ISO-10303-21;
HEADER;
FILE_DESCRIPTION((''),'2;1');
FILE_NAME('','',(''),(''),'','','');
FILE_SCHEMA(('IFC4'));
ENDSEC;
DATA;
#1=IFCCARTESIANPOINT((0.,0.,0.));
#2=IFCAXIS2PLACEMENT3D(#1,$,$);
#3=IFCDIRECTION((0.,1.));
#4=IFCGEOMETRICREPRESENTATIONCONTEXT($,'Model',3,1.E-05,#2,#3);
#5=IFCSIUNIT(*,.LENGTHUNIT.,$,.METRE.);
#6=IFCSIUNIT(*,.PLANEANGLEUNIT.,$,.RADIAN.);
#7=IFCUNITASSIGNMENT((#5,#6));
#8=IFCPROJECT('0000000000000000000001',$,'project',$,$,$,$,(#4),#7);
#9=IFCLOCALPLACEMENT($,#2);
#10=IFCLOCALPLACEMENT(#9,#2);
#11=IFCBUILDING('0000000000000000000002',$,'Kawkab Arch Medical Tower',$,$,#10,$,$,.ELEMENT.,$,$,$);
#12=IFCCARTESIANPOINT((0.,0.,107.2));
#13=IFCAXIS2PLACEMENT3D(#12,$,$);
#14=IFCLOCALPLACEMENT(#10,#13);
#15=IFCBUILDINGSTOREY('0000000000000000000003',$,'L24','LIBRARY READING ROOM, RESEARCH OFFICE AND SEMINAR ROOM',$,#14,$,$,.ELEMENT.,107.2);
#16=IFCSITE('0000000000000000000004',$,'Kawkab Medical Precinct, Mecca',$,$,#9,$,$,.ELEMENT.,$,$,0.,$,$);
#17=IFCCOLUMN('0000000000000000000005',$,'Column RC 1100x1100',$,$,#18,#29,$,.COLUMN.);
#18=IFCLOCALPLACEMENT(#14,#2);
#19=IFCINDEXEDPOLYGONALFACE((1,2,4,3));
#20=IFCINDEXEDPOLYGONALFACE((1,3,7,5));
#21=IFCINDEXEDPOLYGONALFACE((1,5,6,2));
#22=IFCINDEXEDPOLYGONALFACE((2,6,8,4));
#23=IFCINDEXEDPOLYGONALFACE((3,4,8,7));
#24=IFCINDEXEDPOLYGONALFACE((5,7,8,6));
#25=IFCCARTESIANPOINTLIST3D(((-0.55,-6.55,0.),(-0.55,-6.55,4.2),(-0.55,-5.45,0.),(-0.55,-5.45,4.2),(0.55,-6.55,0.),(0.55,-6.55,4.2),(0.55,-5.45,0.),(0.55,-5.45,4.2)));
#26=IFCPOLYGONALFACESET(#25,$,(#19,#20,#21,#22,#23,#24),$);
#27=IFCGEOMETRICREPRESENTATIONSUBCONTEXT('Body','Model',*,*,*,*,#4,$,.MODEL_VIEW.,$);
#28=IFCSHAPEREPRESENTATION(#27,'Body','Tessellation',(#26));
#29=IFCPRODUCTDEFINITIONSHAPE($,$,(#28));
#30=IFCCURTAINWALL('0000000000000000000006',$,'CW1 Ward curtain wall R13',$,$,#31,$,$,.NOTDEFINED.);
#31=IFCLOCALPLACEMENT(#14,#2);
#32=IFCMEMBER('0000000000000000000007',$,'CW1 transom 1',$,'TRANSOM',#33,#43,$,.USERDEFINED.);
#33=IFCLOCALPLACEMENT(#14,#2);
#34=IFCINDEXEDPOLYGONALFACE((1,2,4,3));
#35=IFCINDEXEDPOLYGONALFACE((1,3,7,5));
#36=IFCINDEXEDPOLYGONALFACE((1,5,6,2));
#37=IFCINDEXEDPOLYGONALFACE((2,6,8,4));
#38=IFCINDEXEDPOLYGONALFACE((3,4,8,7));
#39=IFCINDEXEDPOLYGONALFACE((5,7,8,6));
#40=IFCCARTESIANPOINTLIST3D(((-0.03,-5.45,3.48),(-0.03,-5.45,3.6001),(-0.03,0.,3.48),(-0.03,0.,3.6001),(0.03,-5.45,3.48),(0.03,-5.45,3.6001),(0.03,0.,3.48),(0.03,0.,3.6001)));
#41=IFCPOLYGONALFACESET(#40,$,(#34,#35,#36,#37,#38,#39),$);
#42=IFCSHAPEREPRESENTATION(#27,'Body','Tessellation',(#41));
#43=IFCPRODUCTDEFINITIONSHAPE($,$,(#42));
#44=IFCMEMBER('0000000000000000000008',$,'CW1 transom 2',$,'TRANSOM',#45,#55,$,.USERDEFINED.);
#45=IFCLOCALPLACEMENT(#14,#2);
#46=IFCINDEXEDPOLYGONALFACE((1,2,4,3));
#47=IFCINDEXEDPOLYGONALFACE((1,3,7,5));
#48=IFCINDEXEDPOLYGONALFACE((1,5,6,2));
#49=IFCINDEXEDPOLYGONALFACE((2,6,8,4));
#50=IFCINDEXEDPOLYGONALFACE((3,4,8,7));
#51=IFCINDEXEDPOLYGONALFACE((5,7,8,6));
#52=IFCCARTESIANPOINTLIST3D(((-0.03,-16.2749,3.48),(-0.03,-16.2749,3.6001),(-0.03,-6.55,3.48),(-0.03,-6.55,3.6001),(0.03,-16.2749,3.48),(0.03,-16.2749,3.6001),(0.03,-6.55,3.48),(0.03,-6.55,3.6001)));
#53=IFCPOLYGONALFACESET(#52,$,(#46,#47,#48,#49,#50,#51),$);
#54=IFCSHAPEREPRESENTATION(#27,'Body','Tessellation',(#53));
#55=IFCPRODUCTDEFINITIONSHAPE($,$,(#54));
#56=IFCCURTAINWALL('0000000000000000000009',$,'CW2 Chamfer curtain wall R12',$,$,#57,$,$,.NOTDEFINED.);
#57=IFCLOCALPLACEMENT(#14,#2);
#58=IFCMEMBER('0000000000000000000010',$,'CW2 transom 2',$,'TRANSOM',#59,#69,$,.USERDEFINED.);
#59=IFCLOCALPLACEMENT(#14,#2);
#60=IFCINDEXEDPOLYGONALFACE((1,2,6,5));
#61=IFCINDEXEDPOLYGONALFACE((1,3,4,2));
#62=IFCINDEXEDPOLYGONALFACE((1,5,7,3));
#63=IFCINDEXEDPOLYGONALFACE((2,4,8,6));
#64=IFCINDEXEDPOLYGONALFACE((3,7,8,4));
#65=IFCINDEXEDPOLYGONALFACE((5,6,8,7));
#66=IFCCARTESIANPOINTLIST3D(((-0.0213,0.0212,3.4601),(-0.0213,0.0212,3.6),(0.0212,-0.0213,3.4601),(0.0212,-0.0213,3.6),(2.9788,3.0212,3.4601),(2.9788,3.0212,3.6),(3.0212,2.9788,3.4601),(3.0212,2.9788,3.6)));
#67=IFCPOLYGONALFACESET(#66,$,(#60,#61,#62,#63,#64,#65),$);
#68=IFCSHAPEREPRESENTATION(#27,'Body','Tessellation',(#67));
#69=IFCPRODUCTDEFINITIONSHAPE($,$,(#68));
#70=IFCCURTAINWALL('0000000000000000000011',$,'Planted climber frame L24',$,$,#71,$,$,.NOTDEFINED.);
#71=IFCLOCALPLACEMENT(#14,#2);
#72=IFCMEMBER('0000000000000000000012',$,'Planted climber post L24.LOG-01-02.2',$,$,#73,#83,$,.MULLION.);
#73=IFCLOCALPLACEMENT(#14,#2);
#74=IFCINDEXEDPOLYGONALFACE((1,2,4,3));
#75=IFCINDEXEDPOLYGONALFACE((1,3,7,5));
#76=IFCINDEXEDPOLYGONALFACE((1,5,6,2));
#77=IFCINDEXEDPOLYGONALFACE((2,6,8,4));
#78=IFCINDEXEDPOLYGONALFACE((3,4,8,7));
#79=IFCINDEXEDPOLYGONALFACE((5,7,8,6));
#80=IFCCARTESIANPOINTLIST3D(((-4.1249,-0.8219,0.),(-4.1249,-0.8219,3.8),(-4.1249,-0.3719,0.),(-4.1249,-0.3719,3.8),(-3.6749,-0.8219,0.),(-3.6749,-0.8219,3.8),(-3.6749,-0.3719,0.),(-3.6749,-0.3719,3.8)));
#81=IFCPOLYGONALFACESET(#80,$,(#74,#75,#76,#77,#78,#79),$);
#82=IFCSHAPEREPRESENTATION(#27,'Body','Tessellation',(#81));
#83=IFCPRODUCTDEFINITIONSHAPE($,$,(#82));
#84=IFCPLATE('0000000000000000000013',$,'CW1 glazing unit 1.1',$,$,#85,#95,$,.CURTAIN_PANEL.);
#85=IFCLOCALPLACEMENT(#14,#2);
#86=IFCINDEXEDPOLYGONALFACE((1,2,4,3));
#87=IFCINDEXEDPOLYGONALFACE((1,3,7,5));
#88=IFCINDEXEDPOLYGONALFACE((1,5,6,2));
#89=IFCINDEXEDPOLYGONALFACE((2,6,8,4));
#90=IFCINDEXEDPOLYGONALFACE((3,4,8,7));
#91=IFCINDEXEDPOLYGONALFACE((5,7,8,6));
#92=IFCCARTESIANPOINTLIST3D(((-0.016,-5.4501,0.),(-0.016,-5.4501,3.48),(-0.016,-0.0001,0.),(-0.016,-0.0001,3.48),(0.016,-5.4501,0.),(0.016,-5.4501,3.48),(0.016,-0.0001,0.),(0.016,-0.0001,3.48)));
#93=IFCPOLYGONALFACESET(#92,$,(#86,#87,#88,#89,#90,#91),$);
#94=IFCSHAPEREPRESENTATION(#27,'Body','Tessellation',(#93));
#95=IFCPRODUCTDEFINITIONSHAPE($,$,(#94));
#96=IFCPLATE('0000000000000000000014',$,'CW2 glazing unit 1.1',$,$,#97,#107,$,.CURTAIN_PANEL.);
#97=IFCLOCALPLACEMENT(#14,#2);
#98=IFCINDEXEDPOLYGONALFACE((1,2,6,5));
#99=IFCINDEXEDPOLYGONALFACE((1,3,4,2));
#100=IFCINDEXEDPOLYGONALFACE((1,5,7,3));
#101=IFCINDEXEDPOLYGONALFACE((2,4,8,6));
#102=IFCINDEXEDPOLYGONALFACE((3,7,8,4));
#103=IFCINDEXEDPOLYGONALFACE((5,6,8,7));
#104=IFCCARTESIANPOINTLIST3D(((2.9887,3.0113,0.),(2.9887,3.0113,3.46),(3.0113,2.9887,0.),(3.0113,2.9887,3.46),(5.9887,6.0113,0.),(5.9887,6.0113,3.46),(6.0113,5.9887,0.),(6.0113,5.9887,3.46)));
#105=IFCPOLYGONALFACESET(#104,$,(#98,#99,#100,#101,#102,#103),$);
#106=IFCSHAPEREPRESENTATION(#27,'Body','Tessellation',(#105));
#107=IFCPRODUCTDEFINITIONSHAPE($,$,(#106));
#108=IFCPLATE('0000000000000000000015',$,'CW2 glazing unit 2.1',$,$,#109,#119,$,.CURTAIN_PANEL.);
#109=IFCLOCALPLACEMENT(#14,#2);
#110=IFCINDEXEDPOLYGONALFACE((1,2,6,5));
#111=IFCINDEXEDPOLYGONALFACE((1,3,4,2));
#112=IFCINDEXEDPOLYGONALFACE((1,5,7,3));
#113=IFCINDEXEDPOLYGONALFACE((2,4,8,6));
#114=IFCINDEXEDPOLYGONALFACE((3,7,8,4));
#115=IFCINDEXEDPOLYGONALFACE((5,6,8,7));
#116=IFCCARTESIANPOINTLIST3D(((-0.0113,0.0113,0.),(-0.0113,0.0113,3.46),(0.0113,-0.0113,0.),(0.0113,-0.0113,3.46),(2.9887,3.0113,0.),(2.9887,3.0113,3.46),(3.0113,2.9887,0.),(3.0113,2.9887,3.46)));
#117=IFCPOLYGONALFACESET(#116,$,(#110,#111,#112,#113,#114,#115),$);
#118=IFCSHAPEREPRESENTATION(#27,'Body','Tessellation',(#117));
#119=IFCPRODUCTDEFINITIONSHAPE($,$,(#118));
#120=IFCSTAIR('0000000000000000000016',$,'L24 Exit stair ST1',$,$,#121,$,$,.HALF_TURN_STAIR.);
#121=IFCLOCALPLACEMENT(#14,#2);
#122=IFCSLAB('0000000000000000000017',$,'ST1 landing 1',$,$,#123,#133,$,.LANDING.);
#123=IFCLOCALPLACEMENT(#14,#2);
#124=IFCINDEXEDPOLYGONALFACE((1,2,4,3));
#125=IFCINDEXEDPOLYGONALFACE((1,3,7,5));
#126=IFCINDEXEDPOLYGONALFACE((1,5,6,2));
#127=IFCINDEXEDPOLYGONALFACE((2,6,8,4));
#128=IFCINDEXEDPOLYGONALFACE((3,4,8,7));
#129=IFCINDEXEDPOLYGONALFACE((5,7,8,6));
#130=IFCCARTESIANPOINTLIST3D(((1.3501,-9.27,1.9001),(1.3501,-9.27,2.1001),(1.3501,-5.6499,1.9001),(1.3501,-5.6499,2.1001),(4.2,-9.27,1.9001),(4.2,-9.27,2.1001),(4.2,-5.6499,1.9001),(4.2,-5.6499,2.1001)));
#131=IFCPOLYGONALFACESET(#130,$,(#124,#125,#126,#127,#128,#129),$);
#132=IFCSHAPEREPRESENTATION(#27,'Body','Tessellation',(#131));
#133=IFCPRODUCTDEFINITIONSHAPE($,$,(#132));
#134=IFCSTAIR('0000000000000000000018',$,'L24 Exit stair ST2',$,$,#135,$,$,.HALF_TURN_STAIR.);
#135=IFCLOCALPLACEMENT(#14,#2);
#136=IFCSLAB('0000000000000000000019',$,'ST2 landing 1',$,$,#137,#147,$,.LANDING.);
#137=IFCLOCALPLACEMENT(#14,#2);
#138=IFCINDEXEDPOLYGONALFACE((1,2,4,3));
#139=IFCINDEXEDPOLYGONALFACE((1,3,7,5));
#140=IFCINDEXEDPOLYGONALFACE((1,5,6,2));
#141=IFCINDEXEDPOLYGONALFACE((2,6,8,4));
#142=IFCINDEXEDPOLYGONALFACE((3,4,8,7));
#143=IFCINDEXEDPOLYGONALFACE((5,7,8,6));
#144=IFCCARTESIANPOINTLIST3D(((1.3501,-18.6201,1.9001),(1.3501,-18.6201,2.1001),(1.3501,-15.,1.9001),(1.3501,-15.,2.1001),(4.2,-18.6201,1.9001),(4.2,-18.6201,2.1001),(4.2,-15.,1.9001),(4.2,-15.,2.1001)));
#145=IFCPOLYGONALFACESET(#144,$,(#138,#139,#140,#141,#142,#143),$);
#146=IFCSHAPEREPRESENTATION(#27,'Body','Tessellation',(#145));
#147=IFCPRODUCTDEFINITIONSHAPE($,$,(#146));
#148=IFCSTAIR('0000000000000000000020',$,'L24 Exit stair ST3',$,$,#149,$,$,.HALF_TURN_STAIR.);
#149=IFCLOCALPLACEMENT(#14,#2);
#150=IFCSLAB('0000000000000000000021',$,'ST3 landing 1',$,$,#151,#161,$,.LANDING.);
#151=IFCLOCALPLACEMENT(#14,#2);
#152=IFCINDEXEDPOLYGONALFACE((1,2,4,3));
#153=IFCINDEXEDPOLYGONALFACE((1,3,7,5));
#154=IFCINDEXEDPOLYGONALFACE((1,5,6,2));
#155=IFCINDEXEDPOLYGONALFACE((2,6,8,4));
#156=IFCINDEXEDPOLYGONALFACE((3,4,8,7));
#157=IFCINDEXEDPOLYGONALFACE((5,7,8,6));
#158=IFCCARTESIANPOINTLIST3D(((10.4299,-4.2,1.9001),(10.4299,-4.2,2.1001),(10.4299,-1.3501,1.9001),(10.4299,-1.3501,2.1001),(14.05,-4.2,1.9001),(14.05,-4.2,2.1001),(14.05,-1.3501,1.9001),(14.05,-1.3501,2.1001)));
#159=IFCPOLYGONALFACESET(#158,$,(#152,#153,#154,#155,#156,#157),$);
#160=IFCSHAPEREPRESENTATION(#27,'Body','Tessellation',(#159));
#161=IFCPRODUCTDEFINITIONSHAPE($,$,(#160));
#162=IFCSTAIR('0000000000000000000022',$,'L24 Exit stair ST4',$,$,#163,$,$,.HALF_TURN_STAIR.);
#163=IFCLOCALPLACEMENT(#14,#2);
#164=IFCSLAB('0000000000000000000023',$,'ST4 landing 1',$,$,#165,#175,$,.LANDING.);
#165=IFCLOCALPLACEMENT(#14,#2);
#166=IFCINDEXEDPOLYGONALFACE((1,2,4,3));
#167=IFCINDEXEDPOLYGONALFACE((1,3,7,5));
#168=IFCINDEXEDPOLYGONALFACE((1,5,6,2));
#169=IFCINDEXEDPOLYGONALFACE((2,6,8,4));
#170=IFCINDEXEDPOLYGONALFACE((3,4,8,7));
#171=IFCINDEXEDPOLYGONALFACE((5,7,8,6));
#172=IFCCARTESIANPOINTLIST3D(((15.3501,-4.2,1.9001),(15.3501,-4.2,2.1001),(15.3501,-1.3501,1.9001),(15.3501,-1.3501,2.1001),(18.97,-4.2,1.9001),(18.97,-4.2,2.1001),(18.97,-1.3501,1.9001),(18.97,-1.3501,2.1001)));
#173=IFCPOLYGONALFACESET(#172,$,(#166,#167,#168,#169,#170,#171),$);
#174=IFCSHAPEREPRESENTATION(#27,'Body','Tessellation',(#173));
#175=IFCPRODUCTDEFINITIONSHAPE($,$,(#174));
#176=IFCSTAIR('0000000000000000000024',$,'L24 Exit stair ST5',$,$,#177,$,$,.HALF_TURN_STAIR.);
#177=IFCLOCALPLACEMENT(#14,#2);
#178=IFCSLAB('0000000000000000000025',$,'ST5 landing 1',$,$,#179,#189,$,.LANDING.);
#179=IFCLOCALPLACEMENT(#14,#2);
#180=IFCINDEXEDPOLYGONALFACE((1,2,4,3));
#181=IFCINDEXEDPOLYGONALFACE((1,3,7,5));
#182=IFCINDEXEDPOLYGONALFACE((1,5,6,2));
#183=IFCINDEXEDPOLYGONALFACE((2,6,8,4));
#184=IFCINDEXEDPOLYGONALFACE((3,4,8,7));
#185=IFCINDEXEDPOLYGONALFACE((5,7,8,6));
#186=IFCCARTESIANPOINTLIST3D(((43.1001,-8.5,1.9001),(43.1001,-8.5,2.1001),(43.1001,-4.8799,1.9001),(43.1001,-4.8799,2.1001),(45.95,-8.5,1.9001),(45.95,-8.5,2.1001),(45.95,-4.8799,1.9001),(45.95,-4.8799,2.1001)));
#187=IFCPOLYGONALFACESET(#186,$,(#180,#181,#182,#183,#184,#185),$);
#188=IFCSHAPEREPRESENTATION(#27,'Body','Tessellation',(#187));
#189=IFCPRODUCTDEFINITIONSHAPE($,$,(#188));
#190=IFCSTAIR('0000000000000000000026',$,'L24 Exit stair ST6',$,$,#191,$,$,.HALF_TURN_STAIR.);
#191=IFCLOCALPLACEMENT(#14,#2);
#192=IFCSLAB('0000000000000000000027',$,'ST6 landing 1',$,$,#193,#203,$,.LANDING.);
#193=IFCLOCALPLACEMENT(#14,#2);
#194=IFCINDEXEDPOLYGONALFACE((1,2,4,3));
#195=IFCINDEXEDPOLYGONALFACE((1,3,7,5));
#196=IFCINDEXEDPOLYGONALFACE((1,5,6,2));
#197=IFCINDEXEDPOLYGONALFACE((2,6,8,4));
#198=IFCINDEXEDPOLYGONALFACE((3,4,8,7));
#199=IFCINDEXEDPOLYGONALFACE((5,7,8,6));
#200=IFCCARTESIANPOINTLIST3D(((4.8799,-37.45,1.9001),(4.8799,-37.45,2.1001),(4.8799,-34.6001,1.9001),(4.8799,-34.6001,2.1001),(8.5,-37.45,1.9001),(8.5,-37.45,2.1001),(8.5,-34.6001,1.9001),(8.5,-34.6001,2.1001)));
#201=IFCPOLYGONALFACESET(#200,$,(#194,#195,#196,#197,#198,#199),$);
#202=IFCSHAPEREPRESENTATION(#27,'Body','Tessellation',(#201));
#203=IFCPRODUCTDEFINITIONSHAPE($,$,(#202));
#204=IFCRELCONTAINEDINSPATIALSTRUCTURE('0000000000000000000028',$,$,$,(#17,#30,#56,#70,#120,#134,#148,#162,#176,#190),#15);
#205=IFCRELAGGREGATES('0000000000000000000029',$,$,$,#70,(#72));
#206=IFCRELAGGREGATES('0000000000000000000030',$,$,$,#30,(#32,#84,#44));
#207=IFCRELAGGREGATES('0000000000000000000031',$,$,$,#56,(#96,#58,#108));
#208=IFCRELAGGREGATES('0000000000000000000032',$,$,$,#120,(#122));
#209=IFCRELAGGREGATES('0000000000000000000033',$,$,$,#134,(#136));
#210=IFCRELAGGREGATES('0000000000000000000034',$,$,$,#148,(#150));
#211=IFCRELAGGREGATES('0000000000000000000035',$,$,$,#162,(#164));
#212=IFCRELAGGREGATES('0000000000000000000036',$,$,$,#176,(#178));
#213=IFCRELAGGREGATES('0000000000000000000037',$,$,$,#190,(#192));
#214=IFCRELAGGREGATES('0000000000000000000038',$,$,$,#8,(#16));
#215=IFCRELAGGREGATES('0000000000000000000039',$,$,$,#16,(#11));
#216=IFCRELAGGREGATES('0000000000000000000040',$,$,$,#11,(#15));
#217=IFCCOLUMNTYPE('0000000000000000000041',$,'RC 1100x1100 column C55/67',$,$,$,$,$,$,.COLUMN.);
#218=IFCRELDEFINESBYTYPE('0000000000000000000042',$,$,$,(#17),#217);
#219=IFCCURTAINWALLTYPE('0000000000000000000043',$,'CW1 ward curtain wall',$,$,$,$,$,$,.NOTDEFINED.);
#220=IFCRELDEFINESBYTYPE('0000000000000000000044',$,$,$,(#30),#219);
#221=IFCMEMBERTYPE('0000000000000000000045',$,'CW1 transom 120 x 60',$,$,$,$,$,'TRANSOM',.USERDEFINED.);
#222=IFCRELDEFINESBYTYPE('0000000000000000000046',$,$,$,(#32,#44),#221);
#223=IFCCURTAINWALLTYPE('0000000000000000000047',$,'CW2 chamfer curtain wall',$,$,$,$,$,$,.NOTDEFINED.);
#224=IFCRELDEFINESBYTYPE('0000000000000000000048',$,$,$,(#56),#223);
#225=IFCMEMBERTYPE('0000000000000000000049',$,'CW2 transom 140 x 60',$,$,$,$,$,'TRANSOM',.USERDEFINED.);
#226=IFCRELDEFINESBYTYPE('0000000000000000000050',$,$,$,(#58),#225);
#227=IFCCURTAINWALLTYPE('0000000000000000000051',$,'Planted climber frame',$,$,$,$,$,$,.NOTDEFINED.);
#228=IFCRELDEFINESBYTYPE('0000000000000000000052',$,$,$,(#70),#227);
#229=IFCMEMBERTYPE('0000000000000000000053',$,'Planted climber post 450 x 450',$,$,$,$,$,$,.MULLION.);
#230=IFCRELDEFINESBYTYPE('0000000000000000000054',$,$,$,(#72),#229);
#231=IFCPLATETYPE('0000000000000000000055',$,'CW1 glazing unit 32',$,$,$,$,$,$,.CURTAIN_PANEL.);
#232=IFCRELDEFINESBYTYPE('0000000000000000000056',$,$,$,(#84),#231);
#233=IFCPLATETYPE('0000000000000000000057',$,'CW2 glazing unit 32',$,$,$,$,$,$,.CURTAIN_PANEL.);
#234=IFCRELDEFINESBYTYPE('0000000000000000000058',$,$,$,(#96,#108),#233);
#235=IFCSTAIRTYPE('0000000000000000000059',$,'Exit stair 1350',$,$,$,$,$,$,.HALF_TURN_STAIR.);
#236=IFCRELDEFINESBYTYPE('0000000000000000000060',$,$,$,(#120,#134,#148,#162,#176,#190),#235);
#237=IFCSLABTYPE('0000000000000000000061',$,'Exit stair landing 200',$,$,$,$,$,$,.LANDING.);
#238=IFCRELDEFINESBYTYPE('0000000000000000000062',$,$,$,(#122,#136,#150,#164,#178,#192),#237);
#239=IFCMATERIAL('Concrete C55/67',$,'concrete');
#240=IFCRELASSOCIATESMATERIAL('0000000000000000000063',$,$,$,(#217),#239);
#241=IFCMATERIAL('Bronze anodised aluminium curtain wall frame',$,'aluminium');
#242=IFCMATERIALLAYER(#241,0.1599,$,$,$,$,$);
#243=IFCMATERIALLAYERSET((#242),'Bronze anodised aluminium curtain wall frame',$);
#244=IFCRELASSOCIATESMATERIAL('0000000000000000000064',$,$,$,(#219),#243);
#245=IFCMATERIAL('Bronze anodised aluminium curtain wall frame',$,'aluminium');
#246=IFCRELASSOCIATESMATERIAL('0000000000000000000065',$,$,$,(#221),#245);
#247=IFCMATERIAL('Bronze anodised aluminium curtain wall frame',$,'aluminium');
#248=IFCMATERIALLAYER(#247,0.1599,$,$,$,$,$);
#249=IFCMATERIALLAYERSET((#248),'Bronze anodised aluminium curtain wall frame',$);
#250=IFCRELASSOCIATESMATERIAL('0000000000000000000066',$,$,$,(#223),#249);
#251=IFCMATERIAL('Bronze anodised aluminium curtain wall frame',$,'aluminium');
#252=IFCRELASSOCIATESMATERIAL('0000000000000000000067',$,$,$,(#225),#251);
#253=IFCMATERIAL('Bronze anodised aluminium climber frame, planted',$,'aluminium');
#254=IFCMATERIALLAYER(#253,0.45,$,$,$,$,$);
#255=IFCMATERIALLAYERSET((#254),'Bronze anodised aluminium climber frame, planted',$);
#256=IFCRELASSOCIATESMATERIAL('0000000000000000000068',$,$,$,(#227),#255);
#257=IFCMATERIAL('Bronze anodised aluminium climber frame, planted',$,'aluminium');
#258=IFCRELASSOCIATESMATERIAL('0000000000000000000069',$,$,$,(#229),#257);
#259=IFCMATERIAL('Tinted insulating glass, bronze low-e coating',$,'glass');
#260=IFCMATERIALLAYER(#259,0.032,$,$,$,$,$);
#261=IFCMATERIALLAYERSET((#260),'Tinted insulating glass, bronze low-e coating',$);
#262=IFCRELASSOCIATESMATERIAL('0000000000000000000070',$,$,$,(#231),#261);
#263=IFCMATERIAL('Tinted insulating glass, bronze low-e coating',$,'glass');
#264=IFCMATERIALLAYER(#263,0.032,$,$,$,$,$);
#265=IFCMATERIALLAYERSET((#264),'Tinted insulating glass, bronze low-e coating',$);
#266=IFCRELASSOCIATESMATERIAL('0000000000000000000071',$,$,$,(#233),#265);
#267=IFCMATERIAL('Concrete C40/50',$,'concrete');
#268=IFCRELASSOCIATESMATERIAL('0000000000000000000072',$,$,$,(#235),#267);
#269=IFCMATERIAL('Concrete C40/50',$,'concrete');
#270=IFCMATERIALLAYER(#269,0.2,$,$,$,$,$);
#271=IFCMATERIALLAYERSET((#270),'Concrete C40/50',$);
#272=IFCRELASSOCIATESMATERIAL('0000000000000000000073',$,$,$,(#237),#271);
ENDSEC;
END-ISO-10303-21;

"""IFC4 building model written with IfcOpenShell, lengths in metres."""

from ifc_helpers import new_model, si_unit, direction, frame, origin, origin_2d, place, context, subcontext, project, spatial, polyline, rectangle, outline, extrude, material, layer, layer_set, material_profile, profile_set, type_object, element, aggregate, save


model = new_model("IFC4")

# Units and contexts
model_context = context("Model", 3, precision=1e-05, world=origin(), true_north=direction((0.0, 1.0)))
body_context = subcontext(model_context, "Body", "Model", "MODEL_VIEW")
ifc_project = project(units=[si_unit("LENGTHUNIT", "METRE"), si_unit("PLANEANGLEUNIT", "RADIAN")], contexts=[model_context])

# Site, building, storey
site_placement = place(None, origin())
site = spatial("IfcSite", under=ifc_project, at=site_placement, Name="Kawkab Medical Precinct, Mecca", CompositionType="ELEMENT", RefElevation=0.0)
building_placement = place(site_placement, origin())
building = spatial("IfcBuilding", under=site, at=building_placement, Name="Kawkab Arch Medical Tower", CompositionType="ELEMENT")
storey_placement = place(building_placement, frame((0.0, 0.0, 107.2)))
storey = spatial("IfcBuildingStorey", under=building, at=storey_placement, Name="L24", Description="LIBRARY READING ROOM, RESEARCH OFFICE AND SEMINAR ROOM", CompositionType="ELEMENT", Elevation=107.2)

# Column
ifc_material_1 = material(Name="Concrete C55/67", Category="concrete")
ifc_material_profile_1 = material_profile(ifc_material_1, rectangle(XDim=1.1001, YDim=1.1001, at=origin_2d()), Name="RC 1100x1100")
ifc_profile_set_1 = profile_set([ifc_material_profile_1], Name="Concrete C55/67")
column_type = type_object("IfcColumnType", Name="RC 1100x1100 column C55/67", PredefinedType="COLUMN", material=ifc_profile_set_1)
column_placement = place(storey_placement, frame((0.0, -6.0, 0.0), z_axis=(0.0, 0.0, 1.0), x_axis=(1.0, 0.0, 0.0)))
element("IfcColumn", 1, at=column_placement, inside=storey, type_object=column_type, Name="Column RC 1100x1100", PredefinedType="COLUMN", context=body_context, shape_type="SweptSolid", body=[
    extrude(rectangle(XDim=1.1001, YDim=1.1001, at=origin_2d()), origin(), (0.0, 0.0, 1.0), 4.2),
])

# Curtain wall, members
ifc_material_2 = material(Name="Bronze anodised aluminium curtain wall frame", Category="aluminium")
ifc_layer_1 = layer(ifc_material_2, 0.1599)
ifc_layer_set_1 = layer_set([ifc_layer_1], Name="Bronze anodised aluminium curtain wall frame")
curtain_wall_type_1 = type_object("IfcCurtainWallType", Name="CW1 ward curtain wall", PredefinedType="NOTDEFINED", material=ifc_layer_set_1)
placement_1 = place(storey_placement, origin())
curtain_wall_1 = element("IfcCurtainWall", 2, at=placement_1, inside=storey, type_object=curtain_wall_type_1, Name="CW1 Ward curtain wall R13", PredefinedType="NOTDEFINED")
ifc_material_3 = material(Name="Bronze anodised aluminium curtain wall frame", Category="aluminium")
ifc_material_profile_2 = material_profile(ifc_material_3, rectangle(XDim=0.0601, YDim=0.1201, at=origin_2d()), Name="AL 60x120")
ifc_profile_set_2 = profile_set([ifc_material_profile_2], Name="Bronze anodised aluminium curtain wall frame")
member_type_1 = type_object("IfcMemberType", Name="CW1 transom 120 x 60", ElementType="TRANSOM", PredefinedType="USERDEFINED", material=ifc_profile_set_2)
member_1_placement = place(storey_placement, frame((0.0, 0.0, 3.54), z_axis=(0.0, -1.0, 0.0), x_axis=(1.0, 0.0, 0.0)))
member_1 = element("IfcMember", 3, at=member_1_placement, type_object=member_type_1, Name="CW1 transom 1", ObjectType="TRANSOM", PredefinedType="USERDEFINED", context=body_context, shape_type="SweptSolid", body=[
    extrude(rectangle(XDim=0.0601, YDim=0.1201, at=origin_2d()), origin(), (0.0, 0.0, 1.0), 5.45),
])
member_2_placement = place(storey_placement, frame((0.0, -6.55, 3.54), z_axis=(0.0, -1.0, 0.0), x_axis=(1.0, 0.0, 0.0)))
member_2 = element("IfcMember", 4, at=member_2_placement, type_object=member_type_1, Name="CW1 transom 2", ObjectType="TRANSOM", PredefinedType="USERDEFINED", context=body_context, shape_type="SweptSolid", body=[
    extrude(rectangle(XDim=0.0601, YDim=0.1201, at=origin_2d()), origin(), (0.0, 0.0, 1.0), 9.7249),
])

# Curtain walls, members
ifc_material_4 = material(Name="Bronze anodised aluminium curtain wall frame", Category="aluminium")
ifc_layer_2 = layer(ifc_material_4, 0.1599)
ifc_layer_set_2 = layer_set([ifc_layer_2], Name="Bronze anodised aluminium curtain wall frame")
curtain_wall_type_2 = type_object("IfcCurtainWallType", Name="CW2 chamfer curtain wall", PredefinedType="NOTDEFINED", material=ifc_layer_set_2)
curtain_wall_2 = element("IfcCurtainWall", 5, at=placement_1, inside=storey, type_object=curtain_wall_type_2, Name="CW2 Chamfer curtain wall R12", PredefinedType="NOTDEFINED")
ifc_material_5 = material(Name="Bronze anodised aluminium curtain wall frame", Category="aluminium")
ifc_material_profile_3 = material_profile(ifc_material_5, rectangle(XDim=0.0601, YDim=0.1399, at=origin_2d()), Name="AL 60x140")
ifc_profile_set_3 = profile_set([ifc_material_profile_3], Name="Bronze anodised aluminium curtain wall frame")
member_type_2 = type_object("IfcMemberType", Name="CW2 transom 140 x 60", ElementType="TRANSOM", PredefinedType="USERDEFINED", material=ifc_profile_set_3)
member_3_placement = place(storey_placement, frame((3.0, 3.0, 3.53), z_axis=(-0.707107, -0.707107, 0.0), x_axis=(0.707107, -0.707107, 0.0)))
member_3 = element("IfcMember", 6, at=member_3_placement, type_object=member_type_2, Name="CW2 transom 2", ObjectType="TRANSOM", PredefinedType="USERDEFINED", context=body_context, shape_type="SweptSolid", body=[
    extrude(rectangle(XDim=0.0601, YDim=0.1399, at=origin_2d()), origin(), (0.0, 0.0, 1.0), 4.2427),
])
ifc_material_6 = material(Name="Bronze anodised aluminium climber frame, planted", Category="aluminium")
ifc_layer_3 = layer(ifc_material_6, 0.45)
ifc_layer_set_3 = layer_set([ifc_layer_3], Name="Bronze anodised aluminium climber frame, planted")
curtain_wall_type_3 = type_object("IfcCurtainWallType", Name="Planted climber frame", PredefinedType="NOTDEFINED", material=ifc_layer_set_3)
curtain_wall_3 = element("IfcCurtainWall", 7, at=placement_1, inside=storey, type_object=curtain_wall_type_3, Name="Planted climber frame L24", PredefinedType="NOTDEFINED")
ifc_material_7 = material(Name="Bronze anodised aluminium climber frame, planted", Category="aluminium")
ifc_material_profile_4 = material_profile(ifc_material_7, rectangle(XDim=0.45, YDim=0.45, at=origin_2d()), Name="Post 450x450")
ifc_profile_set_4 = profile_set([ifc_material_profile_4], Name="Bronze anodised aluminium climber frame, planted")
member_type_3 = type_object("IfcMemberType", Name="Planted climber post 450 x 450", PredefinedType="MULLION", material=ifc_profile_set_4)
member_4_placement = place(storey_placement, frame((-3.8999, -0.5969, 0.0), z_axis=(0.0, 0.0, 1.0), x_axis=(1.0, 0.0, 0.0)))
member_4 = element("IfcMember", 8, at=member_4_placement, type_object=member_type_3, Name="Planted climber post L24.LOG-01-02.2", PredefinedType="MULLION", context=body_context, shape_type="SweptSolid", body=[
    extrude(rectangle(XDim=0.45, YDim=0.45, at=origin_2d()), origin(), (0.0, 0.0, 1.0), 3.8),
])
aggregate(curtain_wall_3, [member_4])

# Plates
ifc_material_8 = material(Name="Tinted insulating glass, bronze low-e coating", Category="glass")
ifc_layer_4 = layer(ifc_material_8, 0.032)
ifc_layer_set_4 = layer_set([ifc_layer_4], Name="Tinted insulating glass, bronze low-e coating")
plate_type_1 = type_object("IfcPlateType", Name="CW1 glazing unit 32", PredefinedType="CURTAIN_PANEL", material=ifc_layer_set_4)
plate_1_placement = place(storey_placement, frame((0.0, -2.7251, 0.0), z_axis=(0.0, 0.0, 1.0), x_axis=(0.0, -1.0, 0.0)))
plate_1 = element("IfcPlate", 9, at=plate_1_placement, type_object=plate_type_1, Name="CW1 glazing unit 1.1", PredefinedType="CURTAIN_PANEL", context=body_context, shape_type="SweptSolid", body=[
    extrude(rectangle(XDim=5.45, YDim=0.032, at=origin_2d()), origin(), (0.0, 0.0, 1.0), 3.48),
])
aggregate(curtain_wall_1, [member_1, plate_1, member_2])
ifc_material_9 = material(Name="Tinted insulating glass, bronze low-e coating", Category="glass")
ifc_layer_5 = layer(ifc_material_9, 0.032)
ifc_layer_set_5 = layer_set([ifc_layer_5], Name="Tinted insulating glass, bronze low-e coating")
plate_type_2 = type_object("IfcPlateType", Name="CW2 glazing unit 32", PredefinedType="CURTAIN_PANEL", material=ifc_layer_set_5)
plate_2_placement = place(storey_placement, frame((4.5, 4.5, 0.0), z_axis=(0.0, 0.0, 1.0), x_axis=(-0.707107, -0.707107, 0.0)))
plate_2 = element("IfcPlate", 10, at=plate_2_placement, type_object=plate_type_2, Name="CW2 glazing unit 1.1", PredefinedType="CURTAIN_PANEL", context=body_context, shape_type="SweptSolid", body=[
    extrude(rectangle(XDim=4.2427, YDim=0.032, at=origin_2d()), origin(), (0.0, 0.0, 1.0), 3.46),
])
plate_3_placement = place(storey_placement, frame((1.5, 1.5, 0.0), z_axis=(0.0, 0.0, 1.0), x_axis=(-0.707107, -0.707107, 0.0)))
plate_3 = element("IfcPlate", 11, at=plate_3_placement, type_object=plate_type_2, Name="CW2 glazing unit 2.1", PredefinedType="CURTAIN_PANEL", context=body_context, shape_type="SweptSolid", body=[
    extrude(rectangle(XDim=4.2427, YDim=0.032, at=origin_2d()), origin(), (0.0, 0.0, 1.0), 3.46),
])
aggregate(curtain_wall_2, [plate_2, member_3, plate_3])

# Stairs, slabs
ifc_material_10 = material(Name="Concrete C40/50", Category="concrete")
stair_type = type_object("IfcStairType", Name="Exit stair 1350", PredefinedType="HALF_TURN_STAIR", material=ifc_material_10)
stair_1 = element("IfcStair", 12, at=placement_1, inside=storey, type_object=stair_type, Name="L24 Exit stair ST1", PredefinedType="HALF_TURN_STAIR")
ifc_material_11 = material(Name="Concrete C40/50", Category="concrete")
ifc_layer_6 = layer(ifc_material_11, 0.2)
ifc_layer_set_6 = layer_set([ifc_layer_6], Name="Concrete C40/50")
slab_type_1 = type_object("IfcSlabType", Name="Exit stair landing 200", PredefinedType="LANDING", material=ifc_layer_set_6)
placement_2 = place(storey_placement, frame((0.0, 0.0, 1.9001)))
slab_1 = element("IfcSlab", 13, at=placement_2, type_object=slab_type_1, Name="ST1 landing 1", PredefinedType="LANDING", context=body_context, shape_type="SweptSolid", body=[
    extrude(outline(polyline([(4.2, -9.27), (4.2, -5.6499), (1.3501, -5.6499), (1.3501, -9.27), (4.2, -9.27)])), origin(), (0.0, 0.0, 1.0), 0.2),
])
aggregate(stair_1, [slab_1])
stair_2 = element("IfcStair", 14, at=placement_1, inside=storey, type_object=stair_type, Name="L24 Exit stair ST2", PredefinedType="HALF_TURN_STAIR")
slab_2 = element("IfcSlab", 15, at=placement_2, type_object=slab_type_1, Name="ST2 landing 1", PredefinedType="LANDING", context=body_context, shape_type="SweptSolid", body=[
    extrude(outline(polyline([(4.2, -18.6201), (4.2, -15.0), (1.3501, -15.0), (1.3501, -18.6201), (4.2, -18.6201)])), origin(), (0.0, 0.0, 1.0), 0.2),
])
aggregate(stair_2, [slab_2])
stair_3 = element("IfcStair", 16, at=placement_1, inside=storey, type_object=stair_type, Name="L24 Exit stair ST3", PredefinedType="HALF_TURN_STAIR")
slab_3 = element("IfcSlab", 17, at=placement_2, type_object=slab_type_1, Name="ST3 landing 1", PredefinedType="LANDING", context=body_context, shape_type="SweptSolid", body=[
    extrude(outline(polyline([(10.4299, -4.2), (14.05, -4.2), (14.05, -1.3501), (10.4299, -1.3501), (10.4299, -4.2)])), origin(), (0.0, 0.0, 1.0), 0.2),
])
aggregate(stair_3, [slab_3])
stair_4 = element("IfcStair", 18, at=placement_1, inside=storey, type_object=stair_type, Name="L24 Exit stair ST4", PredefinedType="HALF_TURN_STAIR")
slab_4 = element("IfcSlab", 19, at=placement_2, type_object=slab_type_1, Name="ST4 landing 1", PredefinedType="LANDING", context=body_context, shape_type="SweptSolid", body=[
    extrude(outline(polyline([(18.97, -1.3501), (15.3501, -1.3501), (15.3501, -4.2), (18.97, -4.2), (18.97, -1.3501)])), origin(), (0.0, 0.0, 1.0), 0.2),
])
aggregate(stair_4, [slab_4])
stair_5 = element("IfcStair", 20, at=placement_1, inside=storey, type_object=stair_type, Name="L24 Exit stair ST5", PredefinedType="HALF_TURN_STAIR")
slab_5 = element("IfcSlab", 21, at=placement_2, type_object=slab_type_1, Name="ST5 landing 1", PredefinedType="LANDING", context=body_context, shape_type="SweptSolid", body=[
    extrude(outline(polyline([(43.1001, -4.8799), (43.1001, -8.5), (45.95, -8.5), (45.95, -4.8799), (43.1001, -4.8799)])), origin(), (0.0, 0.0, 1.0), 0.2),
])
aggregate(stair_5, [slab_5])
stair_6 = element("IfcStair", 22, at=placement_1, inside=storey, type_object=stair_type, Name="L24 Exit stair ST6", PredefinedType="HALF_TURN_STAIR")
slab_6 = element("IfcSlab", 23, at=placement_2, type_object=slab_type_1, Name="ST6 landing 1", PredefinedType="LANDING", context=body_context, shape_type="SweptSolid", body=[
    extrude(outline(polyline([(4.8799, -37.45), (8.5, -37.45), (8.5, -34.6001), (4.8799, -34.6001), (4.8799, -37.45)])), origin(), (0.0, 0.0, 1.0), 0.2),
])
aggregate(stair_6, [slab_6])

save(model, "model.ifc")
